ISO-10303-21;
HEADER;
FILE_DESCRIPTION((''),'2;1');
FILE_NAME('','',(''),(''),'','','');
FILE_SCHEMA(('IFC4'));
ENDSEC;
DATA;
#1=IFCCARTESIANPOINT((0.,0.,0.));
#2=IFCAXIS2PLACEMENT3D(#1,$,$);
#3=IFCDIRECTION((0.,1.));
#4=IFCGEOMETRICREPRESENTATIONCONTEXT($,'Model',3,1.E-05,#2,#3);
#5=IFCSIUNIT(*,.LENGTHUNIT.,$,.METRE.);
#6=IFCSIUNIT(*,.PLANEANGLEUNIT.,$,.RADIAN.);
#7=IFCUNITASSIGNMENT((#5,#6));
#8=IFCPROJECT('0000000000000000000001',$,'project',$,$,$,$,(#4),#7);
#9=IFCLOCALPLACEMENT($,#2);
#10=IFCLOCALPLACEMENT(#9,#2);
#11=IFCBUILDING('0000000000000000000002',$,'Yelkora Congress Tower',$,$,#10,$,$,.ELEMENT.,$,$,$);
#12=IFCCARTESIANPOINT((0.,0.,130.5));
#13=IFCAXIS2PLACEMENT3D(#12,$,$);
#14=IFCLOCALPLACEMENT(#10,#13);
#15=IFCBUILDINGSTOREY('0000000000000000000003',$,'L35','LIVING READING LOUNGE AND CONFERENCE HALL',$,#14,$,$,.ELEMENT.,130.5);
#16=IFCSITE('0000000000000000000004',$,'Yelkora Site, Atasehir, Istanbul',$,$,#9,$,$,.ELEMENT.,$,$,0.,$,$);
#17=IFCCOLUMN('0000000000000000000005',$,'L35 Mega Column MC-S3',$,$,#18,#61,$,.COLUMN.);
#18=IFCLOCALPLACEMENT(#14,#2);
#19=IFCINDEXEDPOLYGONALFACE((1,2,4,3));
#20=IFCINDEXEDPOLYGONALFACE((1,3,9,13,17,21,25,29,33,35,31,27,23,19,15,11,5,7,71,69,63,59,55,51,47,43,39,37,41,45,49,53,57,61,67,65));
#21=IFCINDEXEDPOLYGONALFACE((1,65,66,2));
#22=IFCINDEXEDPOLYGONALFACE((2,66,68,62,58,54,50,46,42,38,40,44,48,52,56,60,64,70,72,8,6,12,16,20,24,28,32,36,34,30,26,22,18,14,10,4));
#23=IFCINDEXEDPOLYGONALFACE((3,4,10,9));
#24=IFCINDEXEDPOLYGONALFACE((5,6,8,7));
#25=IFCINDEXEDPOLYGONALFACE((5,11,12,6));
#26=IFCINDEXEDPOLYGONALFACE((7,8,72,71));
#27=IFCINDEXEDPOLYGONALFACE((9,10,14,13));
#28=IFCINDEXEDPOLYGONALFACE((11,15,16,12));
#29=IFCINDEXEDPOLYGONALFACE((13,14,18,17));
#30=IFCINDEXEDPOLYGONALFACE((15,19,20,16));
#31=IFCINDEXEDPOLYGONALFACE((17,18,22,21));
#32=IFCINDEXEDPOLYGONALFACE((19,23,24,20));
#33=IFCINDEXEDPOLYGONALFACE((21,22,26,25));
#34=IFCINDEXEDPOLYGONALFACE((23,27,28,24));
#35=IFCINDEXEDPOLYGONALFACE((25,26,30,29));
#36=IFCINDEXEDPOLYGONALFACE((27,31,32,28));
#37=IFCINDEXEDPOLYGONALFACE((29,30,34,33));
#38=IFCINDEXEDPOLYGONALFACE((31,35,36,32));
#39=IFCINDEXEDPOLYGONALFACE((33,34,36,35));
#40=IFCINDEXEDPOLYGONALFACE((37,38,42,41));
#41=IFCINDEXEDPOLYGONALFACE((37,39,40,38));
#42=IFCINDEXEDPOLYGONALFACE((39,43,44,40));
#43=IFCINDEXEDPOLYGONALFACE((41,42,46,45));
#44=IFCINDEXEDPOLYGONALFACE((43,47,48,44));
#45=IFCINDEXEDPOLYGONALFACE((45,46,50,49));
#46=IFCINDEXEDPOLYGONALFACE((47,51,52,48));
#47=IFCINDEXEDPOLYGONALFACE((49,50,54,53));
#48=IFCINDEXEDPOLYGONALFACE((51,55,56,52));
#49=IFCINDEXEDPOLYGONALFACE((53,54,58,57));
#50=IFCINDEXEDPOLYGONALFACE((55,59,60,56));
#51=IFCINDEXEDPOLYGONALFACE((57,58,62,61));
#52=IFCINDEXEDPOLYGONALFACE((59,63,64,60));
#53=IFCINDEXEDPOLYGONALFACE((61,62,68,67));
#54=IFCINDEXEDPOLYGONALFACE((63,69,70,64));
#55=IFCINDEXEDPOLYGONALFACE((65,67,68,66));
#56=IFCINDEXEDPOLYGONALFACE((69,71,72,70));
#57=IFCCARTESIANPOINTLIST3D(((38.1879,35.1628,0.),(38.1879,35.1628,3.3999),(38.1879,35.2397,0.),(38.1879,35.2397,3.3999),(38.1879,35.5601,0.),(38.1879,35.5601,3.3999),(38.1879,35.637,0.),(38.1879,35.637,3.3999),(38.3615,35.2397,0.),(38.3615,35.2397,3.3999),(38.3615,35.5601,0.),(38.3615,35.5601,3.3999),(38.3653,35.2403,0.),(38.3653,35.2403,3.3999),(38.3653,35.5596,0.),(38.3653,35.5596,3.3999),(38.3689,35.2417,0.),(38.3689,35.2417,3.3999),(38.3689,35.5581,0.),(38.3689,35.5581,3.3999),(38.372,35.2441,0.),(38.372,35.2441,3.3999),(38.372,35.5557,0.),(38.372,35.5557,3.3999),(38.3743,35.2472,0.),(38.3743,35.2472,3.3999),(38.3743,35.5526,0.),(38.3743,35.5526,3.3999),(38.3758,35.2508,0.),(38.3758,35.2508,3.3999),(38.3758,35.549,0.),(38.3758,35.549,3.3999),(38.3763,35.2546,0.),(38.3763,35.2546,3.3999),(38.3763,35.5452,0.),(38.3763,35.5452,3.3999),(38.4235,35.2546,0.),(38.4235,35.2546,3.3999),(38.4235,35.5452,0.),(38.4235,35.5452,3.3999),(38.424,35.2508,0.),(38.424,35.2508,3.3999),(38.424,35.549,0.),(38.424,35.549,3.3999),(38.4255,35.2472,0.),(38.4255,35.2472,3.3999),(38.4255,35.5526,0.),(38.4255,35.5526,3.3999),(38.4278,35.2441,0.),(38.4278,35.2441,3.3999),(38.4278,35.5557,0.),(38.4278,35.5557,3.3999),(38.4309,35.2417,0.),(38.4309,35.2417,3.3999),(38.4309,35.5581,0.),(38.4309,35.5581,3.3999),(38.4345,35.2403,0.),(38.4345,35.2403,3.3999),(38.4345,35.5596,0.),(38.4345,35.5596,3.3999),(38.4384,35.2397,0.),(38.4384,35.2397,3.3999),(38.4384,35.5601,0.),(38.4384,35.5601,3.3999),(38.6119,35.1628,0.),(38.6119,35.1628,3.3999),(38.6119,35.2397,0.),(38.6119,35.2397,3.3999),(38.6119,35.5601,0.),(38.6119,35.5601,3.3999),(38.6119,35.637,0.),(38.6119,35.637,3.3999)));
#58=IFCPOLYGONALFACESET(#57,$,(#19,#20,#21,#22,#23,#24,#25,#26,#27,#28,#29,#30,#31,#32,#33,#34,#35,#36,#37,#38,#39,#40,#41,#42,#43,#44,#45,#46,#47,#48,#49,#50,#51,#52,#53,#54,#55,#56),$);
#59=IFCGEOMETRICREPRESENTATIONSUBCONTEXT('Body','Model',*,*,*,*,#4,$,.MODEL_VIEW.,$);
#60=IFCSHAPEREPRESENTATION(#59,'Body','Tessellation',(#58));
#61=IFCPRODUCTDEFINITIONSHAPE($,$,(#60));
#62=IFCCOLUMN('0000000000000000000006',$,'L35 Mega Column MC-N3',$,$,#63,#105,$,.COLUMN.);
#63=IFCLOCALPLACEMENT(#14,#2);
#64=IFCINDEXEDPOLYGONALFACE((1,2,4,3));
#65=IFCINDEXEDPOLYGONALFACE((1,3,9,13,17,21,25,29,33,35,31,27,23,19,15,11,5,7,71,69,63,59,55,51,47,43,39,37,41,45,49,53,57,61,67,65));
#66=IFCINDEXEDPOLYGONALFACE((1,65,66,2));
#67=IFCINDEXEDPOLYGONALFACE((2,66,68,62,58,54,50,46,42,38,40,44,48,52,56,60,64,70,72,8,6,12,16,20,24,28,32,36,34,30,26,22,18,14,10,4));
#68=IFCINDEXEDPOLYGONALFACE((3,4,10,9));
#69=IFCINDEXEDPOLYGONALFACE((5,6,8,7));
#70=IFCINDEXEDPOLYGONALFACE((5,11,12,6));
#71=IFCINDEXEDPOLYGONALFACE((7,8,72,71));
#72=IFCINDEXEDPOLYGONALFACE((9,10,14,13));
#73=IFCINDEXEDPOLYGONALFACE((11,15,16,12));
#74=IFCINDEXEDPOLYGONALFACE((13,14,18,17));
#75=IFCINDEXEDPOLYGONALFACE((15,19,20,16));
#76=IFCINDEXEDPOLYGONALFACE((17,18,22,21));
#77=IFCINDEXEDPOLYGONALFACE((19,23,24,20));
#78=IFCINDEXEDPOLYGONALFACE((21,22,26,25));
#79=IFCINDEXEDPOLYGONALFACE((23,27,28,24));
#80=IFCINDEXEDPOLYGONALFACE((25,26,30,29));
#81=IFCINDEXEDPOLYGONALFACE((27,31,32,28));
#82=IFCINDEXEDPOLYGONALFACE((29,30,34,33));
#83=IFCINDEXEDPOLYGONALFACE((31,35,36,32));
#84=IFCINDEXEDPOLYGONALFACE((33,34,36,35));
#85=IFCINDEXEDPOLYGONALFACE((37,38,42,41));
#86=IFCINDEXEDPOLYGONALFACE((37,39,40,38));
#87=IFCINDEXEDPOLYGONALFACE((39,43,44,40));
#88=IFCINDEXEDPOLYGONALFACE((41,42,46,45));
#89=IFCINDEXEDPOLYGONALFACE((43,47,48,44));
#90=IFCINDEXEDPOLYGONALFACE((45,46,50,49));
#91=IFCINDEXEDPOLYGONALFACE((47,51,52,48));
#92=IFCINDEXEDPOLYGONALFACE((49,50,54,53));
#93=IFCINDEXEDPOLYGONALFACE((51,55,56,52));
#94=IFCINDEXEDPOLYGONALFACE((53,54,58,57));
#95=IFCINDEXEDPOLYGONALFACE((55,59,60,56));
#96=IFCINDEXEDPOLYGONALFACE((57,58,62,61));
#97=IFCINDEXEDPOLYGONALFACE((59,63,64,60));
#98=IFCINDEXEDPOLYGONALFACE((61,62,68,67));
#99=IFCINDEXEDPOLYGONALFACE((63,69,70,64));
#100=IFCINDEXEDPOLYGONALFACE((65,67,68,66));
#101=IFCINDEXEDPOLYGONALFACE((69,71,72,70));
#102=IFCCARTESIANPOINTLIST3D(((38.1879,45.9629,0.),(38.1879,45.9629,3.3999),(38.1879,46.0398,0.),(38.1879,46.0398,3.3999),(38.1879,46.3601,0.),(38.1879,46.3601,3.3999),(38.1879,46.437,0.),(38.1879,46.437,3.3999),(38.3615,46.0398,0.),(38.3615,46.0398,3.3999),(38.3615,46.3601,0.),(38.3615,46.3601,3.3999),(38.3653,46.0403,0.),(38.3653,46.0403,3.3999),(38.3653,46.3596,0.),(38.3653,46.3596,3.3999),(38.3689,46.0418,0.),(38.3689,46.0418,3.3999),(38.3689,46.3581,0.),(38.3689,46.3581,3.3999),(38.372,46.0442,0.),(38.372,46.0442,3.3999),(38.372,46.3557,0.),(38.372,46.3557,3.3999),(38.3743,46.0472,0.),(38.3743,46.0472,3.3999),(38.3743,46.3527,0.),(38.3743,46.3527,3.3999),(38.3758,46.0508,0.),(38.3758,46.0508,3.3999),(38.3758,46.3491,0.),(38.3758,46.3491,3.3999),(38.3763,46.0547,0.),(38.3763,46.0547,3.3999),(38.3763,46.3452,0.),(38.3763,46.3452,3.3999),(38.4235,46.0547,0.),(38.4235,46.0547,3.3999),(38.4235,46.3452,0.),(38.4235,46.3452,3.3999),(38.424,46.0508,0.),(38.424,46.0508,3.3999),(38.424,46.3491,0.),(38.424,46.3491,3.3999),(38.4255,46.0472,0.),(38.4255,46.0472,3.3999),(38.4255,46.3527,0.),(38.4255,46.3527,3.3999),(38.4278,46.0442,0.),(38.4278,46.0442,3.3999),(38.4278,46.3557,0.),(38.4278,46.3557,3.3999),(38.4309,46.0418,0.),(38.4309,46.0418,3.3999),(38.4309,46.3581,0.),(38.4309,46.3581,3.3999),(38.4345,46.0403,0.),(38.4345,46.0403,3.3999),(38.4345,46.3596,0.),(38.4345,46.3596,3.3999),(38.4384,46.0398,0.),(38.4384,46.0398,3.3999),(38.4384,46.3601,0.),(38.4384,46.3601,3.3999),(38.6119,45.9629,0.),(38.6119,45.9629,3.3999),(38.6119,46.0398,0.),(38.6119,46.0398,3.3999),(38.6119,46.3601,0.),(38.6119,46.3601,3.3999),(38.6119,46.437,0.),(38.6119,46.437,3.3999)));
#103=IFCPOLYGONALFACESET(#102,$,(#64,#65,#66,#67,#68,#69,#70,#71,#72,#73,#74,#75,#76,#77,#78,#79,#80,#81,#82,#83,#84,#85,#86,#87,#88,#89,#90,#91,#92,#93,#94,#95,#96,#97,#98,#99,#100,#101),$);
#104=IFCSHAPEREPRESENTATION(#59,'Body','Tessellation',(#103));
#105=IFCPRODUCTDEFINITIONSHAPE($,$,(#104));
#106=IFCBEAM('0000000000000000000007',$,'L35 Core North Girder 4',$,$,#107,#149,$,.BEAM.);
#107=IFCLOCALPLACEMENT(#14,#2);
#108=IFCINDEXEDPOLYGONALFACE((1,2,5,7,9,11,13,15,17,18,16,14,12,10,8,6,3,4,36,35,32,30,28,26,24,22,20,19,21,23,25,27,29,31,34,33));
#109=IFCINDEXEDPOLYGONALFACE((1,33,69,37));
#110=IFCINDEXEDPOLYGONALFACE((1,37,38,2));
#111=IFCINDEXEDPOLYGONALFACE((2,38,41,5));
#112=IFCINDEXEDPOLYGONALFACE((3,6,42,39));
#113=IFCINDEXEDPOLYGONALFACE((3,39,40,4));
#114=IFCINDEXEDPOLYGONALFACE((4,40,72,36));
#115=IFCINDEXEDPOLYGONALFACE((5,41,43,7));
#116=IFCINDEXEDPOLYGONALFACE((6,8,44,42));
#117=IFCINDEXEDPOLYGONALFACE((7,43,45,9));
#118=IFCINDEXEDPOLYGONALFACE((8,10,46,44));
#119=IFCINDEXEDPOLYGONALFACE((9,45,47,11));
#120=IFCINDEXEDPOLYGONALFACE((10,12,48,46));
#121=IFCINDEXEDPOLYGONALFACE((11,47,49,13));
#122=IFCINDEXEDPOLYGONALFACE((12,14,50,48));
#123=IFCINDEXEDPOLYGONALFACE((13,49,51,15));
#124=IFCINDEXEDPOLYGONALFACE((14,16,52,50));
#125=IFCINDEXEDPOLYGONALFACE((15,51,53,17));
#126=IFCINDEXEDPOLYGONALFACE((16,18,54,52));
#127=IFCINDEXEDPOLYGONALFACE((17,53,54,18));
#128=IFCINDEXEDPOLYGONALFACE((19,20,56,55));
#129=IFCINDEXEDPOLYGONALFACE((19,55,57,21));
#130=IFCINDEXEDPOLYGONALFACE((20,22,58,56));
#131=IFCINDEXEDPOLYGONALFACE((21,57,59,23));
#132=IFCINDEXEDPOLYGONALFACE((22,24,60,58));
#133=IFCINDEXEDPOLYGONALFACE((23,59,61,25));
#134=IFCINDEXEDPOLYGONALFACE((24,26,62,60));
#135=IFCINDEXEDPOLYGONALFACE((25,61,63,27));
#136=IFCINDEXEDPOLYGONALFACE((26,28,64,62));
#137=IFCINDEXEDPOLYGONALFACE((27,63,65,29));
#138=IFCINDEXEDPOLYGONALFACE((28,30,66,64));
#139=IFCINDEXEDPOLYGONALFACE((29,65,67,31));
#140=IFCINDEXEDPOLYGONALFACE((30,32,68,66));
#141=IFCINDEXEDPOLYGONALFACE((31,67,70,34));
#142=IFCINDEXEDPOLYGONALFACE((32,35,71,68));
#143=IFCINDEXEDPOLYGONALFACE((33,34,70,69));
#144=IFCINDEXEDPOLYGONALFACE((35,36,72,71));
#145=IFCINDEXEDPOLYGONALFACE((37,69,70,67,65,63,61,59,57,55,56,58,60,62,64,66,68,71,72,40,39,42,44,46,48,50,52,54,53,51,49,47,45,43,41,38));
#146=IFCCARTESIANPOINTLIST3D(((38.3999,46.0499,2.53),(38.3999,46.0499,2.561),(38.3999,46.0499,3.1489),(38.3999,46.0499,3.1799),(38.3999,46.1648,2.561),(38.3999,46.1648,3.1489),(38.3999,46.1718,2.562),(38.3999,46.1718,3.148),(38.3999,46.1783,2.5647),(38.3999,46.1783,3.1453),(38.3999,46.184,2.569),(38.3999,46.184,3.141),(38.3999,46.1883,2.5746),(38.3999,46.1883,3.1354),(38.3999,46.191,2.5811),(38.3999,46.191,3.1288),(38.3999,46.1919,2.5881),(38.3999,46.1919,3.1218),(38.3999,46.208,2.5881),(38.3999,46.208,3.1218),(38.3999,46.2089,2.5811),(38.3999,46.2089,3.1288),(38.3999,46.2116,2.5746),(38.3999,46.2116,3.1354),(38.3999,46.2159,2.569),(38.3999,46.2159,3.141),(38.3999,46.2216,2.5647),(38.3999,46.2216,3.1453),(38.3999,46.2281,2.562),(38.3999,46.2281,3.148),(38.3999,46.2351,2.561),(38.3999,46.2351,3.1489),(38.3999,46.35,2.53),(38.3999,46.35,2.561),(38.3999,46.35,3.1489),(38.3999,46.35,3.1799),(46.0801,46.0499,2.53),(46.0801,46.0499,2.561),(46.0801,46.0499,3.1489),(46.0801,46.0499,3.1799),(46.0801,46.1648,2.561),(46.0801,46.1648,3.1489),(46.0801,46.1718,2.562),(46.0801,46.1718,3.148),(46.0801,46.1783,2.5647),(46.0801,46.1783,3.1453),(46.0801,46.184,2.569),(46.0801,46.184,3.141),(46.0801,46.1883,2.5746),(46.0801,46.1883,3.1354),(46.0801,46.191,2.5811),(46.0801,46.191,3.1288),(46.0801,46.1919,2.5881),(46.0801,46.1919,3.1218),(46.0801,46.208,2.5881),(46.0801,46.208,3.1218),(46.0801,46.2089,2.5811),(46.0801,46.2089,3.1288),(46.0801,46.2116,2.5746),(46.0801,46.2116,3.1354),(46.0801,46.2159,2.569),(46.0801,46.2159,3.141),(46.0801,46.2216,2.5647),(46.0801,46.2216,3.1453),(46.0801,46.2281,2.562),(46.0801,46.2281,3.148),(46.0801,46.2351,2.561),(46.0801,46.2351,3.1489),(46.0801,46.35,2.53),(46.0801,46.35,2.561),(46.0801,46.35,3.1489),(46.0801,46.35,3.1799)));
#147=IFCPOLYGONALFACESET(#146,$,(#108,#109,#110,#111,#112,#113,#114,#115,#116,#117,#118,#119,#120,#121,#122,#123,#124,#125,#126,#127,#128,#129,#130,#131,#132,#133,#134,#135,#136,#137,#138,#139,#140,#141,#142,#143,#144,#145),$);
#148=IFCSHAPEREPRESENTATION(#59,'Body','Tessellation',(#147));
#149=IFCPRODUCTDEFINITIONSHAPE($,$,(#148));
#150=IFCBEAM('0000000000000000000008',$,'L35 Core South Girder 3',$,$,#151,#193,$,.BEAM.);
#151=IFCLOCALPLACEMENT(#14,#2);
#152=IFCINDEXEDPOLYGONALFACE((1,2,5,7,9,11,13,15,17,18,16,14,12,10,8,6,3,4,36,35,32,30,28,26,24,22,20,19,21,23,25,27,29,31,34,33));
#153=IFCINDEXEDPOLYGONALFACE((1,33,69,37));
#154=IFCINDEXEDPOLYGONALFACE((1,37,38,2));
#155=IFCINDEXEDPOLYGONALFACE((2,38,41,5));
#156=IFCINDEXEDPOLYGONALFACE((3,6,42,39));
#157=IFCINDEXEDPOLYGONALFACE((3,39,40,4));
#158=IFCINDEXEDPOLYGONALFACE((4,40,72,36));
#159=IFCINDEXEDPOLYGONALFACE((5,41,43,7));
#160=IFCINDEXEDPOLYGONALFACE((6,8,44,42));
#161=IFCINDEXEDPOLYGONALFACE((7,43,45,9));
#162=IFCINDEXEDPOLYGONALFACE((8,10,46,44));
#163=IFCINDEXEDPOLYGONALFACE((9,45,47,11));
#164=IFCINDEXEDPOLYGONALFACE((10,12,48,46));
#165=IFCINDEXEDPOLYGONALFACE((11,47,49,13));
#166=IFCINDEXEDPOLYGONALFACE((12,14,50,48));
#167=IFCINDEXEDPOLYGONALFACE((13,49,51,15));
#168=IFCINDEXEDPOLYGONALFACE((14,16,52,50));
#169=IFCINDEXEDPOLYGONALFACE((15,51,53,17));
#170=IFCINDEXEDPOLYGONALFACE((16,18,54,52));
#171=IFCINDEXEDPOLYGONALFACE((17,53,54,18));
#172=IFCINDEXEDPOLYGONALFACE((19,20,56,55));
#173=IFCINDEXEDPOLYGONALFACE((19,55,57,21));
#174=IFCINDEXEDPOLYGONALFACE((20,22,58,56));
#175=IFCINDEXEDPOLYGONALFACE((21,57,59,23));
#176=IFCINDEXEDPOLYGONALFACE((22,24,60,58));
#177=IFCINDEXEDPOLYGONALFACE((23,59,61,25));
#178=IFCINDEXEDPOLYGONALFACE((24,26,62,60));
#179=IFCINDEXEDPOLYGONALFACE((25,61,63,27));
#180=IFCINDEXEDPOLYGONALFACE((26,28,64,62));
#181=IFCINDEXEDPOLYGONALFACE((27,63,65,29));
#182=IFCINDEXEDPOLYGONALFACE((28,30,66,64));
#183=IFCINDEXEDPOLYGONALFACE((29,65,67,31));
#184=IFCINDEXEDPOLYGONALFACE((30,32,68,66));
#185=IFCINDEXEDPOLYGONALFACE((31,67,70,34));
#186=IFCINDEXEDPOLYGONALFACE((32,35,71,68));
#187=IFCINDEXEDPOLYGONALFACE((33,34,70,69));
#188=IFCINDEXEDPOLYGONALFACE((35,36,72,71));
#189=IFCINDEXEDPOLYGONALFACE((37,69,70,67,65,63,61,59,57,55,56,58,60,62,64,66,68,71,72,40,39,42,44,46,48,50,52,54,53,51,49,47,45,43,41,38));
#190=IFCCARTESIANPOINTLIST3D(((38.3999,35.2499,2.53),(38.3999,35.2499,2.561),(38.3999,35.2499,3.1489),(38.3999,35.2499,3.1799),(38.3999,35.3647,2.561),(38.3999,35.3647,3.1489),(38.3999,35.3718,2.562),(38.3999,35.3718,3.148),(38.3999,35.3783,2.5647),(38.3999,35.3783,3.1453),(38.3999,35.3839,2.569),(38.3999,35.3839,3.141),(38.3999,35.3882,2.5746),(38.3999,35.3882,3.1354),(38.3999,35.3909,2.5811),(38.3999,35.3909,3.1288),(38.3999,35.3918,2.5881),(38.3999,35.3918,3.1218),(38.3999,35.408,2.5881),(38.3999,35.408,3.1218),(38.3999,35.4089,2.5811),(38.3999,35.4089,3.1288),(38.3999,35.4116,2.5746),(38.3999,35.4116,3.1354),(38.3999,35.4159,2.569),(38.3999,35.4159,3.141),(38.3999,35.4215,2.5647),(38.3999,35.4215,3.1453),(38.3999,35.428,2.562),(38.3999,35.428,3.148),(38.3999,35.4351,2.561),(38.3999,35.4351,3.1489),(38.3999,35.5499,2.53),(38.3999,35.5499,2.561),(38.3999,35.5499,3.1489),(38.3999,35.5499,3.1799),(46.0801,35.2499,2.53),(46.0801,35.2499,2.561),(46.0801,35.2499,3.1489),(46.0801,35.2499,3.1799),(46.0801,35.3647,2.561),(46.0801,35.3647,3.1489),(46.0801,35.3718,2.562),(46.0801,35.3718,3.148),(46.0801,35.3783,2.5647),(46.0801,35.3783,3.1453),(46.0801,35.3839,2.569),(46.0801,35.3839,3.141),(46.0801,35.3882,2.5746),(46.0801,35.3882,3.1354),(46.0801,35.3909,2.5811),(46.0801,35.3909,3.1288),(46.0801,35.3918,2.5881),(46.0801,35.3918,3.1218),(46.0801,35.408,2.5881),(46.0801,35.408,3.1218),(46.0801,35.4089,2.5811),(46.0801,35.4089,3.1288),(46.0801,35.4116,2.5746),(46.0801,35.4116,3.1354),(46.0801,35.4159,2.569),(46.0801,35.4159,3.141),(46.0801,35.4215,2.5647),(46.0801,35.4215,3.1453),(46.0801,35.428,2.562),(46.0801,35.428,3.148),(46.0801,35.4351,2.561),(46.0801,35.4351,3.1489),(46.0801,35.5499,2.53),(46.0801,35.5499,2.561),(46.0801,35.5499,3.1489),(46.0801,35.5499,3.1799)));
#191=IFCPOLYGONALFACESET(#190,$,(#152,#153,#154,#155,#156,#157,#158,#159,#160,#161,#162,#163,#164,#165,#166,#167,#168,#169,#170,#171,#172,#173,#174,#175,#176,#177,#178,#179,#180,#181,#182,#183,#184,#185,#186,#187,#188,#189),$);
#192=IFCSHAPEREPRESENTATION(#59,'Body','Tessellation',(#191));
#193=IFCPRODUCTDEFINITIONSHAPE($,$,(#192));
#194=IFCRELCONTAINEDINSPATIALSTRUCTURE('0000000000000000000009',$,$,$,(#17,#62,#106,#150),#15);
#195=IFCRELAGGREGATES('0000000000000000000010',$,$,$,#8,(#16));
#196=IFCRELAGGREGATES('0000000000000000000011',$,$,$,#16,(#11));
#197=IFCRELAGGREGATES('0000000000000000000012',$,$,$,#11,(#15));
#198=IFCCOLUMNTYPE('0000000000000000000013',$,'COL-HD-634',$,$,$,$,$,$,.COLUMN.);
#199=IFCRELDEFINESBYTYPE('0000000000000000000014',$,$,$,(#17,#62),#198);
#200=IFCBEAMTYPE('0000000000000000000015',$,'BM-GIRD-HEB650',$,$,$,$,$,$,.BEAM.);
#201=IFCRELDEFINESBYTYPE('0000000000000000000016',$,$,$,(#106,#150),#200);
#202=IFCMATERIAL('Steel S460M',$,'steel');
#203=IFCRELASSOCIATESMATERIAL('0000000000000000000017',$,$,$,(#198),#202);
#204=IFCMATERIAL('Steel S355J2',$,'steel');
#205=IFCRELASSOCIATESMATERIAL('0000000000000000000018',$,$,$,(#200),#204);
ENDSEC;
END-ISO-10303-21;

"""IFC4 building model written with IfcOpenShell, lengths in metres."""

from ifc_helpers import new_model, si_unit, direction, frame, origin, origin_2d, place, context, subcontext, project, spatial, i_section, extrude, material, material_profile, profile_set, type_object, element, save


model = new_model("IFC4")

# Units and contexts
model_context = context("Model", 3, precision=1e-05, world=origin(), true_north=direction((0.0, 1.0)))
body_context = subcontext(model_context, "Body", "Model", "MODEL_VIEW")
ifc_project = project(units=[si_unit("LENGTHUNIT", "METRE"), si_unit("PLANEANGLEUNIT", "RADIAN")], contexts=[model_context])

# Site, building, storey
site_placement = place(None, origin())
site = spatial("IfcSite", under=ifc_project, at=site_placement, Name="Yelkora Site, Atasehir, Istanbul", CompositionType="ELEMENT", RefElevation=0.0)
building_placement = place(site_placement, origin())
building = spatial("IfcBuilding", under=site, at=building_placement, Name="Yelkora Congress Tower", CompositionType="ELEMENT")
storey_placement = place(building_placement, frame((0.0, 0.0, 130.5)))
storey = spatial("IfcBuildingStorey", under=building, at=storey_placement, Name="L35", Description="LIVING READING LOUNGE AND CONFERENCE HALL", CompositionType="ELEMENT", Elevation=130.5)

# Columns
ifc_material_1 = material(Name="Steel S460M", Category="steel")
ifc_material_profile_1 = material_profile(ifc_material_1, i_section(OverallWidth=0.4241, OverallDepth=0.4741, WebThickness=0.0471, FlangeThickness=0.0769, FilletRadius=0.0149, at=origin_2d()), Name="HD 400x634")
ifc_profile_set_1 = profile_set([ifc_material_profile_1], Name="Steel S460M")
column_type = type_object("IfcColumnType", Name="COL-HD-634", PredefinedType="COLUMN", material=ifc_profile_set_1)
for number, where, z_axis, x_axis, name in (
    (1, (38.3999, 35.3999, 0.0), (0.0, 0.0, 1.0), (1.0, 0.0, 0.0), "L35 Mega Column MC-S3"),
    (2, (38.3999, 46.2, 0.0), (0.0, 0.0, 1.0), (1.0, 0.0, 0.0), "L35 Mega Column MC-N3"),
):
    element("IfcColumn", number, at=place(storey_placement, frame(where, z_axis=z_axis, x_axis=x_axis)), inside=storey, type_object=column_type, Name=name, PredefinedType="COLUMN", context=body_context, shape_type="SweptSolid", body=[
        extrude(i_section(OverallWidth=0.4241, OverallDepth=0.4741, WebThickness=0.0471, FlangeThickness=0.0769, FilletRadius=0.0149, at=origin_2d()), origin(), (0.0, 0.0, 1.0), 3.3999),
    ])

# Beams
ifc_material_2 = material(Name="Steel S355J2", Category="steel")
ifc_material_profile_2 = material_profile(ifc_material_2, i_section(OverallWidth=0.3, OverallDepth=0.6499, WebThickness=0.0161, FlangeThickness=0.031, FilletRadius=0.0271, at=origin_2d()), Name="HEB 650")
ifc_profile_set_2 = profile_set([ifc_material_profile_2], Name="Steel S355J2")
beam_type = type_object("IfcBeamType", Name="BM-GIRD-HEB650", PredefinedType="BEAM", material=ifc_profile_set_2)
for number, where, z_axis, x_axis, name in (
    (3, (38.3999, 46.2, 2.855), (1.0, 0.0, 0.0), (0.0, 1.0, 0.0), "L35 Core North Girder 4"),
    (4, (38.3999, 35.3999, 2.855), (1.0, 0.0, 0.0), (0.0, 1.0, 0.0), "L35 Core South Girder 3"),
):
    element("IfcBeam", number, at=place(storey_placement, frame(where, z_axis=z_axis, x_axis=x_axis)), inside=storey, type_object=beam_type, Name=name, PredefinedType="BEAM", context=body_context, shape_type="SweptSolid", body=[
        extrude(i_section(OverallWidth=0.3, OverallDepth=0.6499, WebThickness=0.0161, FlangeThickness=0.031, FilletRadius=0.0271, at=origin_2d()), origin(), (0.0, 0.0, 1.0), 7.6802),
    ])

save(model, "model.ifc")
